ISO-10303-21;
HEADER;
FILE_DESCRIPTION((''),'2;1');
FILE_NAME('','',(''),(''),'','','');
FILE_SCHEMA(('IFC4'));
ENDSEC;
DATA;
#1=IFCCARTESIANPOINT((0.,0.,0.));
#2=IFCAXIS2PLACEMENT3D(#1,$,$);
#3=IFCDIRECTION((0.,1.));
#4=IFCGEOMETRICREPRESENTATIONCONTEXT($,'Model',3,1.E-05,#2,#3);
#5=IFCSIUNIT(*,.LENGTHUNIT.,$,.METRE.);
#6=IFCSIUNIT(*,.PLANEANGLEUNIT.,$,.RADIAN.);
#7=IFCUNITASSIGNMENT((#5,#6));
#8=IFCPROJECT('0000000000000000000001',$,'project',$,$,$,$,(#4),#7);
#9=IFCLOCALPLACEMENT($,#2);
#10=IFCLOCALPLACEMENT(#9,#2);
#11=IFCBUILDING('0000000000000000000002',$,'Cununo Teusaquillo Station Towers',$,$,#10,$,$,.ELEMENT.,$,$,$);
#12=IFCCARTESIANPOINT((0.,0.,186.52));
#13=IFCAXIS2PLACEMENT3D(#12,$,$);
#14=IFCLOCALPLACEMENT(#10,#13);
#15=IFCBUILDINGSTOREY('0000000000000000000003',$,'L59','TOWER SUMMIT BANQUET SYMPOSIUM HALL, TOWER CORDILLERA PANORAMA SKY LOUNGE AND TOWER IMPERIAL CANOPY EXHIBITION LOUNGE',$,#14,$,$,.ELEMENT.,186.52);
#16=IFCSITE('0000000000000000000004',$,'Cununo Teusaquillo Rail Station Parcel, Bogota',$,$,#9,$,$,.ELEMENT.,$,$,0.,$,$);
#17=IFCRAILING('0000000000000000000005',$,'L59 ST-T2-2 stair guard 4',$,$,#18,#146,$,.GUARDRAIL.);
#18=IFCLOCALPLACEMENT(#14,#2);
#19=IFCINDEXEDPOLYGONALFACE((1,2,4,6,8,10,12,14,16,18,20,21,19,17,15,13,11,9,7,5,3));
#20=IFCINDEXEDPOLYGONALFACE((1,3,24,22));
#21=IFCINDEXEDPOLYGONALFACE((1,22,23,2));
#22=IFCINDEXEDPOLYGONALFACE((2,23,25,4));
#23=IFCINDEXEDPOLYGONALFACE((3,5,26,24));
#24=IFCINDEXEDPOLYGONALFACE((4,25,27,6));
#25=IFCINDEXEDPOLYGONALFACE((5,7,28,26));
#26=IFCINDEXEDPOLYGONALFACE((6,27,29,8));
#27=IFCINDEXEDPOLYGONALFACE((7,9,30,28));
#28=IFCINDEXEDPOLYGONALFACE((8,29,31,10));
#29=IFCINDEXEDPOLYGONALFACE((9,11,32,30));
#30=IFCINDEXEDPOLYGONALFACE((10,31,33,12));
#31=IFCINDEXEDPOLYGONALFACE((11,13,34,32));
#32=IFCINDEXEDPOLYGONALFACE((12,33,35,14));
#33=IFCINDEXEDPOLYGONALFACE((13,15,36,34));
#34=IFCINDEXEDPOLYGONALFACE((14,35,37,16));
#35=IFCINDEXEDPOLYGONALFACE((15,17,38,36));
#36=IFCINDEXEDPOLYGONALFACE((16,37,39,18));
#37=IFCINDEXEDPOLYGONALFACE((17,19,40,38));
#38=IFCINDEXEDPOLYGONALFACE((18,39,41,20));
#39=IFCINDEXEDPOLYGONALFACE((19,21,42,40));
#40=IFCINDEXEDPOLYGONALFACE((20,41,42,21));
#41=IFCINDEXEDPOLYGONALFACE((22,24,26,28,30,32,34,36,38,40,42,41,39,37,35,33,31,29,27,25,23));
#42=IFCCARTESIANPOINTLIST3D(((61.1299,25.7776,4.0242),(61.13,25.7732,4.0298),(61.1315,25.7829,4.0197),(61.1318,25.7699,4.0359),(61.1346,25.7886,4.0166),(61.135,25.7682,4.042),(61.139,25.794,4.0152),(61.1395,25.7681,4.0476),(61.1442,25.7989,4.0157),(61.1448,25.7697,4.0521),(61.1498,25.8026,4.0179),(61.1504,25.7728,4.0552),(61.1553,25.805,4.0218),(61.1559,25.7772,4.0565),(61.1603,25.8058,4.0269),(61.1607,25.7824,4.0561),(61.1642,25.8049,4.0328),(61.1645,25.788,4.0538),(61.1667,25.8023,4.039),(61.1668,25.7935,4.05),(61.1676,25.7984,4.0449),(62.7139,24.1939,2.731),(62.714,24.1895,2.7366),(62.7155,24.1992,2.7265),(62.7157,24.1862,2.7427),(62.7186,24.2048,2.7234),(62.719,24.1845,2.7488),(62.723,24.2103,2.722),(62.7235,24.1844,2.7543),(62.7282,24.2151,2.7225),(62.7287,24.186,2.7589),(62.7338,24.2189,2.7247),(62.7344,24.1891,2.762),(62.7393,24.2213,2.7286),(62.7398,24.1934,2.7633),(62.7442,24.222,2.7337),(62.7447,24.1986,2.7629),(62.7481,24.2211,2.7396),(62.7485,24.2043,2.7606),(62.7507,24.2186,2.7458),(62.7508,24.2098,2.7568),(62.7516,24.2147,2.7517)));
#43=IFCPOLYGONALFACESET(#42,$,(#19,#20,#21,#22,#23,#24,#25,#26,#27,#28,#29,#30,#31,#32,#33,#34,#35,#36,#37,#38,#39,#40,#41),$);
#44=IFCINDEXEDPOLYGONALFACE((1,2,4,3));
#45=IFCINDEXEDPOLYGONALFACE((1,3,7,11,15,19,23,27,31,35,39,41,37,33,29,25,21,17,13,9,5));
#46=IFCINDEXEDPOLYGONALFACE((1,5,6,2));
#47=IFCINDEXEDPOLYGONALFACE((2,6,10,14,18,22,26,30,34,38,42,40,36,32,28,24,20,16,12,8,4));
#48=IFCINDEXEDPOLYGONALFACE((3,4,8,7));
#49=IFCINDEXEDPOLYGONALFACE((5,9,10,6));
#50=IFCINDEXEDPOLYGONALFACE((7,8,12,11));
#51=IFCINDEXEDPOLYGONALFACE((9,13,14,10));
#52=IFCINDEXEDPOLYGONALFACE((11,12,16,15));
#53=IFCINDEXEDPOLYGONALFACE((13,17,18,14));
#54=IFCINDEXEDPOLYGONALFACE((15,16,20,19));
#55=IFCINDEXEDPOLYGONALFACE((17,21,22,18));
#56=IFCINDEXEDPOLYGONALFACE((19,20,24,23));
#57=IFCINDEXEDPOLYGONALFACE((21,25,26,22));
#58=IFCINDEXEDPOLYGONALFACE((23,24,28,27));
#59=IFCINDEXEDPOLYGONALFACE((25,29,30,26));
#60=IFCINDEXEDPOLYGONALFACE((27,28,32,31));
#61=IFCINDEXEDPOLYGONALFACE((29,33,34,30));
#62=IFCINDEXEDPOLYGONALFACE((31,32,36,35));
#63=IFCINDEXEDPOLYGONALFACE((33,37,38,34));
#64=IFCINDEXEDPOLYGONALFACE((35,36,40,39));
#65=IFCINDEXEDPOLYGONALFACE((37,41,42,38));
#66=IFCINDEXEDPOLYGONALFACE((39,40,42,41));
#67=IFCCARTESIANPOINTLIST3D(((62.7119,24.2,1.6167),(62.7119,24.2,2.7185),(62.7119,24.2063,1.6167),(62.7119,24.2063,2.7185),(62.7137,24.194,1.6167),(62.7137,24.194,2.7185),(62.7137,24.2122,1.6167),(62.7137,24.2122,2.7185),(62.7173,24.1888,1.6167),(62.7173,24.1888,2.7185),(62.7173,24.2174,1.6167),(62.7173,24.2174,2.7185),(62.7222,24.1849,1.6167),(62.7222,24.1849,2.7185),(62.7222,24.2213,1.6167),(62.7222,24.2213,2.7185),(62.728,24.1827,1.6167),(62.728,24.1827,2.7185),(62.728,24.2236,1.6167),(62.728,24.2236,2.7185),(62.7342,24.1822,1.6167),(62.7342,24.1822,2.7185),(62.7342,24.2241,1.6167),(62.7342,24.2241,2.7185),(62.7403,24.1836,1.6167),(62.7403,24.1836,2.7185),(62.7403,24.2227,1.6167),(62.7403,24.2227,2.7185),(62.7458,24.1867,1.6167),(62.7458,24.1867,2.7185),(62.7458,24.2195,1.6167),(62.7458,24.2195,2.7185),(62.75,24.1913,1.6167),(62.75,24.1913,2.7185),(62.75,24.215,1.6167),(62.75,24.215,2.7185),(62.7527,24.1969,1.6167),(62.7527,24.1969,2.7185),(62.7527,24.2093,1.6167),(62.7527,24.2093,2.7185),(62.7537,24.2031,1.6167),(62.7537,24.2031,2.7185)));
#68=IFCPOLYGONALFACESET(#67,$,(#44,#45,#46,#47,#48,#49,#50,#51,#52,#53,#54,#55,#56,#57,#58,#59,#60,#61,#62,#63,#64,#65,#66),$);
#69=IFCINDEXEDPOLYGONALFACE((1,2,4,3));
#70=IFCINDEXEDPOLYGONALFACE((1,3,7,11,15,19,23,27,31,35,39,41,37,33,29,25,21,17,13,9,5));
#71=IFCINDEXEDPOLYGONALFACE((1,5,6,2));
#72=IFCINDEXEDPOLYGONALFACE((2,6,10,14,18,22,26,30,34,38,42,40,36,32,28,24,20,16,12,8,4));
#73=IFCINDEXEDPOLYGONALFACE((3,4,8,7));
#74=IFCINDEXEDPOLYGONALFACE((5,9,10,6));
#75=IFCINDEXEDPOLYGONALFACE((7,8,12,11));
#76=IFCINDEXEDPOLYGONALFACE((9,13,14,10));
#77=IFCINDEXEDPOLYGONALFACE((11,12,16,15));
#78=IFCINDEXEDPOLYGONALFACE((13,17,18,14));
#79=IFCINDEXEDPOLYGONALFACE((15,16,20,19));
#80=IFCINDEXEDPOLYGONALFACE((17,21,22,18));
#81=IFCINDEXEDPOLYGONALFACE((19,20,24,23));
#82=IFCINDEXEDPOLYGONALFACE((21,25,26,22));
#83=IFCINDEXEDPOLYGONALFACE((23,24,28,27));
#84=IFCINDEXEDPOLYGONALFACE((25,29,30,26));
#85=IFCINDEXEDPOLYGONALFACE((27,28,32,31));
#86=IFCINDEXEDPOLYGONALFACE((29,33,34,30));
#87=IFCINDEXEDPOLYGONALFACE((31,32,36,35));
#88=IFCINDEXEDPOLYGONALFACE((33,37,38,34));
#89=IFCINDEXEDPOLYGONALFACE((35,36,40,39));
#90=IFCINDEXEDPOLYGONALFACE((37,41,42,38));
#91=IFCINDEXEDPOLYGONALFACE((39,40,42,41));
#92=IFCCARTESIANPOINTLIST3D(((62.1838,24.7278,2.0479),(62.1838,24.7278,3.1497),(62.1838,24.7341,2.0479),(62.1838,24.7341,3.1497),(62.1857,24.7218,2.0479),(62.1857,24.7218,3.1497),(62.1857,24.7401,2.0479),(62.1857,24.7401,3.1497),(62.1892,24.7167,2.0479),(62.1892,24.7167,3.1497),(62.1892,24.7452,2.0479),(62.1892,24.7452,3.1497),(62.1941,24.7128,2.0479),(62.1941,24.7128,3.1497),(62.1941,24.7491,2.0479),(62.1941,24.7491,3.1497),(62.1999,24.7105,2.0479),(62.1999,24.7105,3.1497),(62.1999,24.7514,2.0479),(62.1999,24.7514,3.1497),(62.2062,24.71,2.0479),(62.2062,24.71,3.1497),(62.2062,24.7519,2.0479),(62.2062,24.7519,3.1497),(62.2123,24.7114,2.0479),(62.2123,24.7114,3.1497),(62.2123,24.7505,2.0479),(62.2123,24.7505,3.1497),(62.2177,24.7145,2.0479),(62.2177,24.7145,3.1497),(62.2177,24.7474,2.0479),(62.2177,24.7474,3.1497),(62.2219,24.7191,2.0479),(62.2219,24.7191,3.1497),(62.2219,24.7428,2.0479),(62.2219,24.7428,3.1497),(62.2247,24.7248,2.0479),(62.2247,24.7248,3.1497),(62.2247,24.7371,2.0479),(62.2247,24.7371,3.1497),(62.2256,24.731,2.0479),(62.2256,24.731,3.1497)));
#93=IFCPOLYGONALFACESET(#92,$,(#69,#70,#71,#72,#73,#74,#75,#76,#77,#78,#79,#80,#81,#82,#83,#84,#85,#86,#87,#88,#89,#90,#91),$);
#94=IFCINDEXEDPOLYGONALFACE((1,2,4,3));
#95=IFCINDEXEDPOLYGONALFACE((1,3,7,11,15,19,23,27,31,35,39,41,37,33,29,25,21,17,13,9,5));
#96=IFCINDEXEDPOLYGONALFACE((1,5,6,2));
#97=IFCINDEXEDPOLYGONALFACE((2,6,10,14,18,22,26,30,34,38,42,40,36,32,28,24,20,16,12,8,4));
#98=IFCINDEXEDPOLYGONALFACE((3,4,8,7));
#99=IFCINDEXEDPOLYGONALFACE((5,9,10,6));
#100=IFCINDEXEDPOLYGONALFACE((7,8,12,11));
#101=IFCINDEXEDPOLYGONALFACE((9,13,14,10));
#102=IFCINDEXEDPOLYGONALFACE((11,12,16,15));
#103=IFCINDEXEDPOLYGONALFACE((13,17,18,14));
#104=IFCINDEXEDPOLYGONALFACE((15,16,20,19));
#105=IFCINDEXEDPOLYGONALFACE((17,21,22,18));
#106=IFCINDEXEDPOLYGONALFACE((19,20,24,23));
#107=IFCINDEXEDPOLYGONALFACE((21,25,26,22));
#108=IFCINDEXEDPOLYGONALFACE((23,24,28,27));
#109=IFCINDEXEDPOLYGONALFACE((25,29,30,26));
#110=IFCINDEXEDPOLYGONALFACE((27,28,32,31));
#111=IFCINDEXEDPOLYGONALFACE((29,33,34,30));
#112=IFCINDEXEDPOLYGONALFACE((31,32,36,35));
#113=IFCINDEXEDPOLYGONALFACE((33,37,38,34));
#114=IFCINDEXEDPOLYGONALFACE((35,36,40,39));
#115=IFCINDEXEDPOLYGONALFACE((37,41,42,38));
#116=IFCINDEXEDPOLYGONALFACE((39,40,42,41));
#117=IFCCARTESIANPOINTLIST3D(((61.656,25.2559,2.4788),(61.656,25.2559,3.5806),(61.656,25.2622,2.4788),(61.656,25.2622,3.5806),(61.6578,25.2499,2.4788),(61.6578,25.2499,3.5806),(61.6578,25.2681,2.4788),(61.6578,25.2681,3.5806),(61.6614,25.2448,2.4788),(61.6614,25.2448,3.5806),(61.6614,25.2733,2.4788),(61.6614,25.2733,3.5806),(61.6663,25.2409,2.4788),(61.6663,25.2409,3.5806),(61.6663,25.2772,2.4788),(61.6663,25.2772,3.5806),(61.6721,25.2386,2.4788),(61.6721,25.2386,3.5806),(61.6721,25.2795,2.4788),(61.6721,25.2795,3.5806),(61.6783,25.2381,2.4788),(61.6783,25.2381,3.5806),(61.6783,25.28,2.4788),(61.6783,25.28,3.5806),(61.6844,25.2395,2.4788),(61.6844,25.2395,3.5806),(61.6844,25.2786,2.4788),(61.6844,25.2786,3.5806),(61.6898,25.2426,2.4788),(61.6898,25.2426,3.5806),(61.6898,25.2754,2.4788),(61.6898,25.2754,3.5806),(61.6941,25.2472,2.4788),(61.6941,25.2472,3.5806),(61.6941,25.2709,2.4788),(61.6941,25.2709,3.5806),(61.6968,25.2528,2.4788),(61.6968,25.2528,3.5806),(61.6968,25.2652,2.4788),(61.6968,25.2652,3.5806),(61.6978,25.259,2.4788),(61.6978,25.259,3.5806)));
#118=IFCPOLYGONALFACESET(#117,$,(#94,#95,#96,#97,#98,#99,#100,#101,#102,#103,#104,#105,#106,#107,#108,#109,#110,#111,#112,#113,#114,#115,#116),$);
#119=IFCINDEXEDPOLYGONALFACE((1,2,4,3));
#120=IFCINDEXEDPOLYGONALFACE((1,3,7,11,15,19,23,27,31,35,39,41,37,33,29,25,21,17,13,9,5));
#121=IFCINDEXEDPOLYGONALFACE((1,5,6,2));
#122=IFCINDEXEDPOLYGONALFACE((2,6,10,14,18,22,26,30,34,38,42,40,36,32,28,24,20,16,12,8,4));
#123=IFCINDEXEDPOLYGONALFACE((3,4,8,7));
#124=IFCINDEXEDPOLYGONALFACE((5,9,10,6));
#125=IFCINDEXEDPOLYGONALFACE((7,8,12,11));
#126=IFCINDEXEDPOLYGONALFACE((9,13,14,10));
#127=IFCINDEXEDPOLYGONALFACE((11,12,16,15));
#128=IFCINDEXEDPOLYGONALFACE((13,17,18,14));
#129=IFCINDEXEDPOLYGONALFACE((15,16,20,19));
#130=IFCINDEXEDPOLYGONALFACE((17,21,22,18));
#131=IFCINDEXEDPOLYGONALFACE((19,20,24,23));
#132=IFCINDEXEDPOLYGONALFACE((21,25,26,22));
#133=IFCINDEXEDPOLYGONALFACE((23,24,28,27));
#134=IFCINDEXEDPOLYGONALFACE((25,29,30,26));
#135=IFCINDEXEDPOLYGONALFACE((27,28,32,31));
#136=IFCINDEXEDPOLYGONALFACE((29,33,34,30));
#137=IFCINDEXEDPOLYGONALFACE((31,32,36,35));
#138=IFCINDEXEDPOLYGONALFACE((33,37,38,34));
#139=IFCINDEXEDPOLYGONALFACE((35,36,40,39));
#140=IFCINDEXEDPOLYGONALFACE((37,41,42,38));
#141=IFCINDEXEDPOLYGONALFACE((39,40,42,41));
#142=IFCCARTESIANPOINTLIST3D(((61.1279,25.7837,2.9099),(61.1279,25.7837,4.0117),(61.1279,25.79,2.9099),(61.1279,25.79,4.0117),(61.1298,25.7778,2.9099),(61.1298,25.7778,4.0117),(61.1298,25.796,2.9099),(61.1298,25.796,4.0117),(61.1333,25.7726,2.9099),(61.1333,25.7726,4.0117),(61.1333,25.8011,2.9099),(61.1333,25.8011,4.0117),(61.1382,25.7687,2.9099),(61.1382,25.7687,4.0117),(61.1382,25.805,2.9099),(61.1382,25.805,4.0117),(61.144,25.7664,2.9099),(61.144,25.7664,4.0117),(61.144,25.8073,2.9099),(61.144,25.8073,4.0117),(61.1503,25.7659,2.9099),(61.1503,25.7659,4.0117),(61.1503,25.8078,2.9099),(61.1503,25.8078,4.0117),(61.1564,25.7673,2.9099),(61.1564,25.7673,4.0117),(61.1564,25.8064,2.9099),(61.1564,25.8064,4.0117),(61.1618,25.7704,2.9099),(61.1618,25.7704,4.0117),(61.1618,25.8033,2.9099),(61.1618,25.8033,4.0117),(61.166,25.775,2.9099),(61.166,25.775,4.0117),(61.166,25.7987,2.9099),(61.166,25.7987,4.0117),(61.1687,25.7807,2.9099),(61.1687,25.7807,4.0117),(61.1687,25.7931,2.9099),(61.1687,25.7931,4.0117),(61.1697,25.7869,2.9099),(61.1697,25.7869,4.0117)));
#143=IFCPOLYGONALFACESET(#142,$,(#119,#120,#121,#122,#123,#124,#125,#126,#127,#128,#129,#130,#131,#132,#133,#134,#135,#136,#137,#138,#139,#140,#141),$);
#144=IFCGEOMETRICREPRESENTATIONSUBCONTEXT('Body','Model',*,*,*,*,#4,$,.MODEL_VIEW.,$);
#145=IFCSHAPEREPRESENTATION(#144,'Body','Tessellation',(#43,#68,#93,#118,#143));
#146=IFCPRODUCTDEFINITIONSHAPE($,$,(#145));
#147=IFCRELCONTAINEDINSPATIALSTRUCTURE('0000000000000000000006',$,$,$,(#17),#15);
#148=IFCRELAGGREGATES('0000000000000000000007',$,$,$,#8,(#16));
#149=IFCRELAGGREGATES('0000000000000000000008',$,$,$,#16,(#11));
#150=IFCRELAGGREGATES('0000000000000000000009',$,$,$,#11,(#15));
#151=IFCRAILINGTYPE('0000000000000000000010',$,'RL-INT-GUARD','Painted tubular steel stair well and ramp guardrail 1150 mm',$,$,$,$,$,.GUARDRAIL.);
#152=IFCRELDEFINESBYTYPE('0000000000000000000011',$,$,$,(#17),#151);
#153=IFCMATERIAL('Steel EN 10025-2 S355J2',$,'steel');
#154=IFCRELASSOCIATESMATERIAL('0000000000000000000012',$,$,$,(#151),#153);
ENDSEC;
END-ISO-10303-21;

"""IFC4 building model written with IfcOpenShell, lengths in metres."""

from ifc_helpers import new_model, si_unit, direction, frame, origin, origin_2d, place, context, subcontext, project, spatial, circle, extrude, material, type_object, element, save


model = new_model("IFC4")

# Units and contexts
model_context = context("Model", 3, precision=1e-05, world=origin(), true_north=direction((0.0, 1.0)))
body_context = subcontext(model_context, "Body", "Model", "MODEL_VIEW")
ifc_project = project(units=[si_unit("LENGTHUNIT", "METRE"), si_unit("PLANEANGLEUNIT", "RADIAN")], contexts=[model_context])

# Site, building, storey
site_placement = place(None, origin())
site = spatial("IfcSite", under=ifc_project, at=site_placement, Name="Cununo Teusaquillo Rail Station Parcel, Bogota", CompositionType="ELEMENT", RefElevation=0.0)
building_placement = place(site_placement, origin())
building = spatial("IfcBuilding", under=site, at=building_placement, Name="Cununo Teusaquillo Station Towers", CompositionType="ELEMENT")
storey_placement = place(building_placement, frame((0.0, 0.0, 186.52)))
storey = spatial("IfcBuildingStorey", under=building, at=storey_placement, Name="L59", Description="TOWER SUMMIT BANQUET SYMPOSIUM HALL, TOWER CORDILLERA PANORAMA SKY LOUNGE AND TOWER IMPERIAL CANOPY EXHIBITION LOUNGE", CompositionType="ELEMENT", Elevation=186.52)

# Railing
ifc_material_1 = material(Name="Steel EN 10025-2 S355J2", Category="steel")
railing_type_1 = type_object("IfcRailingType", Name="RL-INT-GUARD", Description="Painted tubular steel stair well and ramp guardrail 1150 mm", PredefinedType="GUARDRAIL", material=ifc_material_1)
railing_1_placement = place(storey_placement, frame((62.7327, 24.2031, 1.6167)))
element("IfcRailing", 1, at=railing_1_placement, inside=storey, type_object=railing_type_1, Name="L59 ST-T2-2 stair guard 4", PredefinedType="GUARDRAIL", context=body_context, shape_type="SweptSolid", body=[
    extrude(circle(Radius=0.0239, at=origin_2d()), frame((0.0, 0.0, 1.126), z_axis=(-0.61242, 0.612326, 0.499998), x_axis=(-0.707052, -0.707161, 0.0)), (0.0, 0.0, 1.0), 2.5864),
    extrude(circle(Radius=0.021, at=origin_2d()), origin(), (0.0, 0.0, 1.0), 1.1018),
    extrude(circle(Radius=0.021, at=origin_2d()), frame((-0.5281, 0.5278, 0.4312)), (0.0, 0.0, 1.0), 1.1018),
    extrude(circle(Radius=0.021, at=origin_2d()), frame((-1.0559, 1.0559, 0.8621)), (0.0, 0.0, 1.0), 1.1018),
    extrude(circle(Radius=0.021, at=origin_2d()), frame((-1.584, 1.5837, 1.2932)), (0.0, 0.0, 1.0), 1.1018),
])

save(model, "model.ifc")
